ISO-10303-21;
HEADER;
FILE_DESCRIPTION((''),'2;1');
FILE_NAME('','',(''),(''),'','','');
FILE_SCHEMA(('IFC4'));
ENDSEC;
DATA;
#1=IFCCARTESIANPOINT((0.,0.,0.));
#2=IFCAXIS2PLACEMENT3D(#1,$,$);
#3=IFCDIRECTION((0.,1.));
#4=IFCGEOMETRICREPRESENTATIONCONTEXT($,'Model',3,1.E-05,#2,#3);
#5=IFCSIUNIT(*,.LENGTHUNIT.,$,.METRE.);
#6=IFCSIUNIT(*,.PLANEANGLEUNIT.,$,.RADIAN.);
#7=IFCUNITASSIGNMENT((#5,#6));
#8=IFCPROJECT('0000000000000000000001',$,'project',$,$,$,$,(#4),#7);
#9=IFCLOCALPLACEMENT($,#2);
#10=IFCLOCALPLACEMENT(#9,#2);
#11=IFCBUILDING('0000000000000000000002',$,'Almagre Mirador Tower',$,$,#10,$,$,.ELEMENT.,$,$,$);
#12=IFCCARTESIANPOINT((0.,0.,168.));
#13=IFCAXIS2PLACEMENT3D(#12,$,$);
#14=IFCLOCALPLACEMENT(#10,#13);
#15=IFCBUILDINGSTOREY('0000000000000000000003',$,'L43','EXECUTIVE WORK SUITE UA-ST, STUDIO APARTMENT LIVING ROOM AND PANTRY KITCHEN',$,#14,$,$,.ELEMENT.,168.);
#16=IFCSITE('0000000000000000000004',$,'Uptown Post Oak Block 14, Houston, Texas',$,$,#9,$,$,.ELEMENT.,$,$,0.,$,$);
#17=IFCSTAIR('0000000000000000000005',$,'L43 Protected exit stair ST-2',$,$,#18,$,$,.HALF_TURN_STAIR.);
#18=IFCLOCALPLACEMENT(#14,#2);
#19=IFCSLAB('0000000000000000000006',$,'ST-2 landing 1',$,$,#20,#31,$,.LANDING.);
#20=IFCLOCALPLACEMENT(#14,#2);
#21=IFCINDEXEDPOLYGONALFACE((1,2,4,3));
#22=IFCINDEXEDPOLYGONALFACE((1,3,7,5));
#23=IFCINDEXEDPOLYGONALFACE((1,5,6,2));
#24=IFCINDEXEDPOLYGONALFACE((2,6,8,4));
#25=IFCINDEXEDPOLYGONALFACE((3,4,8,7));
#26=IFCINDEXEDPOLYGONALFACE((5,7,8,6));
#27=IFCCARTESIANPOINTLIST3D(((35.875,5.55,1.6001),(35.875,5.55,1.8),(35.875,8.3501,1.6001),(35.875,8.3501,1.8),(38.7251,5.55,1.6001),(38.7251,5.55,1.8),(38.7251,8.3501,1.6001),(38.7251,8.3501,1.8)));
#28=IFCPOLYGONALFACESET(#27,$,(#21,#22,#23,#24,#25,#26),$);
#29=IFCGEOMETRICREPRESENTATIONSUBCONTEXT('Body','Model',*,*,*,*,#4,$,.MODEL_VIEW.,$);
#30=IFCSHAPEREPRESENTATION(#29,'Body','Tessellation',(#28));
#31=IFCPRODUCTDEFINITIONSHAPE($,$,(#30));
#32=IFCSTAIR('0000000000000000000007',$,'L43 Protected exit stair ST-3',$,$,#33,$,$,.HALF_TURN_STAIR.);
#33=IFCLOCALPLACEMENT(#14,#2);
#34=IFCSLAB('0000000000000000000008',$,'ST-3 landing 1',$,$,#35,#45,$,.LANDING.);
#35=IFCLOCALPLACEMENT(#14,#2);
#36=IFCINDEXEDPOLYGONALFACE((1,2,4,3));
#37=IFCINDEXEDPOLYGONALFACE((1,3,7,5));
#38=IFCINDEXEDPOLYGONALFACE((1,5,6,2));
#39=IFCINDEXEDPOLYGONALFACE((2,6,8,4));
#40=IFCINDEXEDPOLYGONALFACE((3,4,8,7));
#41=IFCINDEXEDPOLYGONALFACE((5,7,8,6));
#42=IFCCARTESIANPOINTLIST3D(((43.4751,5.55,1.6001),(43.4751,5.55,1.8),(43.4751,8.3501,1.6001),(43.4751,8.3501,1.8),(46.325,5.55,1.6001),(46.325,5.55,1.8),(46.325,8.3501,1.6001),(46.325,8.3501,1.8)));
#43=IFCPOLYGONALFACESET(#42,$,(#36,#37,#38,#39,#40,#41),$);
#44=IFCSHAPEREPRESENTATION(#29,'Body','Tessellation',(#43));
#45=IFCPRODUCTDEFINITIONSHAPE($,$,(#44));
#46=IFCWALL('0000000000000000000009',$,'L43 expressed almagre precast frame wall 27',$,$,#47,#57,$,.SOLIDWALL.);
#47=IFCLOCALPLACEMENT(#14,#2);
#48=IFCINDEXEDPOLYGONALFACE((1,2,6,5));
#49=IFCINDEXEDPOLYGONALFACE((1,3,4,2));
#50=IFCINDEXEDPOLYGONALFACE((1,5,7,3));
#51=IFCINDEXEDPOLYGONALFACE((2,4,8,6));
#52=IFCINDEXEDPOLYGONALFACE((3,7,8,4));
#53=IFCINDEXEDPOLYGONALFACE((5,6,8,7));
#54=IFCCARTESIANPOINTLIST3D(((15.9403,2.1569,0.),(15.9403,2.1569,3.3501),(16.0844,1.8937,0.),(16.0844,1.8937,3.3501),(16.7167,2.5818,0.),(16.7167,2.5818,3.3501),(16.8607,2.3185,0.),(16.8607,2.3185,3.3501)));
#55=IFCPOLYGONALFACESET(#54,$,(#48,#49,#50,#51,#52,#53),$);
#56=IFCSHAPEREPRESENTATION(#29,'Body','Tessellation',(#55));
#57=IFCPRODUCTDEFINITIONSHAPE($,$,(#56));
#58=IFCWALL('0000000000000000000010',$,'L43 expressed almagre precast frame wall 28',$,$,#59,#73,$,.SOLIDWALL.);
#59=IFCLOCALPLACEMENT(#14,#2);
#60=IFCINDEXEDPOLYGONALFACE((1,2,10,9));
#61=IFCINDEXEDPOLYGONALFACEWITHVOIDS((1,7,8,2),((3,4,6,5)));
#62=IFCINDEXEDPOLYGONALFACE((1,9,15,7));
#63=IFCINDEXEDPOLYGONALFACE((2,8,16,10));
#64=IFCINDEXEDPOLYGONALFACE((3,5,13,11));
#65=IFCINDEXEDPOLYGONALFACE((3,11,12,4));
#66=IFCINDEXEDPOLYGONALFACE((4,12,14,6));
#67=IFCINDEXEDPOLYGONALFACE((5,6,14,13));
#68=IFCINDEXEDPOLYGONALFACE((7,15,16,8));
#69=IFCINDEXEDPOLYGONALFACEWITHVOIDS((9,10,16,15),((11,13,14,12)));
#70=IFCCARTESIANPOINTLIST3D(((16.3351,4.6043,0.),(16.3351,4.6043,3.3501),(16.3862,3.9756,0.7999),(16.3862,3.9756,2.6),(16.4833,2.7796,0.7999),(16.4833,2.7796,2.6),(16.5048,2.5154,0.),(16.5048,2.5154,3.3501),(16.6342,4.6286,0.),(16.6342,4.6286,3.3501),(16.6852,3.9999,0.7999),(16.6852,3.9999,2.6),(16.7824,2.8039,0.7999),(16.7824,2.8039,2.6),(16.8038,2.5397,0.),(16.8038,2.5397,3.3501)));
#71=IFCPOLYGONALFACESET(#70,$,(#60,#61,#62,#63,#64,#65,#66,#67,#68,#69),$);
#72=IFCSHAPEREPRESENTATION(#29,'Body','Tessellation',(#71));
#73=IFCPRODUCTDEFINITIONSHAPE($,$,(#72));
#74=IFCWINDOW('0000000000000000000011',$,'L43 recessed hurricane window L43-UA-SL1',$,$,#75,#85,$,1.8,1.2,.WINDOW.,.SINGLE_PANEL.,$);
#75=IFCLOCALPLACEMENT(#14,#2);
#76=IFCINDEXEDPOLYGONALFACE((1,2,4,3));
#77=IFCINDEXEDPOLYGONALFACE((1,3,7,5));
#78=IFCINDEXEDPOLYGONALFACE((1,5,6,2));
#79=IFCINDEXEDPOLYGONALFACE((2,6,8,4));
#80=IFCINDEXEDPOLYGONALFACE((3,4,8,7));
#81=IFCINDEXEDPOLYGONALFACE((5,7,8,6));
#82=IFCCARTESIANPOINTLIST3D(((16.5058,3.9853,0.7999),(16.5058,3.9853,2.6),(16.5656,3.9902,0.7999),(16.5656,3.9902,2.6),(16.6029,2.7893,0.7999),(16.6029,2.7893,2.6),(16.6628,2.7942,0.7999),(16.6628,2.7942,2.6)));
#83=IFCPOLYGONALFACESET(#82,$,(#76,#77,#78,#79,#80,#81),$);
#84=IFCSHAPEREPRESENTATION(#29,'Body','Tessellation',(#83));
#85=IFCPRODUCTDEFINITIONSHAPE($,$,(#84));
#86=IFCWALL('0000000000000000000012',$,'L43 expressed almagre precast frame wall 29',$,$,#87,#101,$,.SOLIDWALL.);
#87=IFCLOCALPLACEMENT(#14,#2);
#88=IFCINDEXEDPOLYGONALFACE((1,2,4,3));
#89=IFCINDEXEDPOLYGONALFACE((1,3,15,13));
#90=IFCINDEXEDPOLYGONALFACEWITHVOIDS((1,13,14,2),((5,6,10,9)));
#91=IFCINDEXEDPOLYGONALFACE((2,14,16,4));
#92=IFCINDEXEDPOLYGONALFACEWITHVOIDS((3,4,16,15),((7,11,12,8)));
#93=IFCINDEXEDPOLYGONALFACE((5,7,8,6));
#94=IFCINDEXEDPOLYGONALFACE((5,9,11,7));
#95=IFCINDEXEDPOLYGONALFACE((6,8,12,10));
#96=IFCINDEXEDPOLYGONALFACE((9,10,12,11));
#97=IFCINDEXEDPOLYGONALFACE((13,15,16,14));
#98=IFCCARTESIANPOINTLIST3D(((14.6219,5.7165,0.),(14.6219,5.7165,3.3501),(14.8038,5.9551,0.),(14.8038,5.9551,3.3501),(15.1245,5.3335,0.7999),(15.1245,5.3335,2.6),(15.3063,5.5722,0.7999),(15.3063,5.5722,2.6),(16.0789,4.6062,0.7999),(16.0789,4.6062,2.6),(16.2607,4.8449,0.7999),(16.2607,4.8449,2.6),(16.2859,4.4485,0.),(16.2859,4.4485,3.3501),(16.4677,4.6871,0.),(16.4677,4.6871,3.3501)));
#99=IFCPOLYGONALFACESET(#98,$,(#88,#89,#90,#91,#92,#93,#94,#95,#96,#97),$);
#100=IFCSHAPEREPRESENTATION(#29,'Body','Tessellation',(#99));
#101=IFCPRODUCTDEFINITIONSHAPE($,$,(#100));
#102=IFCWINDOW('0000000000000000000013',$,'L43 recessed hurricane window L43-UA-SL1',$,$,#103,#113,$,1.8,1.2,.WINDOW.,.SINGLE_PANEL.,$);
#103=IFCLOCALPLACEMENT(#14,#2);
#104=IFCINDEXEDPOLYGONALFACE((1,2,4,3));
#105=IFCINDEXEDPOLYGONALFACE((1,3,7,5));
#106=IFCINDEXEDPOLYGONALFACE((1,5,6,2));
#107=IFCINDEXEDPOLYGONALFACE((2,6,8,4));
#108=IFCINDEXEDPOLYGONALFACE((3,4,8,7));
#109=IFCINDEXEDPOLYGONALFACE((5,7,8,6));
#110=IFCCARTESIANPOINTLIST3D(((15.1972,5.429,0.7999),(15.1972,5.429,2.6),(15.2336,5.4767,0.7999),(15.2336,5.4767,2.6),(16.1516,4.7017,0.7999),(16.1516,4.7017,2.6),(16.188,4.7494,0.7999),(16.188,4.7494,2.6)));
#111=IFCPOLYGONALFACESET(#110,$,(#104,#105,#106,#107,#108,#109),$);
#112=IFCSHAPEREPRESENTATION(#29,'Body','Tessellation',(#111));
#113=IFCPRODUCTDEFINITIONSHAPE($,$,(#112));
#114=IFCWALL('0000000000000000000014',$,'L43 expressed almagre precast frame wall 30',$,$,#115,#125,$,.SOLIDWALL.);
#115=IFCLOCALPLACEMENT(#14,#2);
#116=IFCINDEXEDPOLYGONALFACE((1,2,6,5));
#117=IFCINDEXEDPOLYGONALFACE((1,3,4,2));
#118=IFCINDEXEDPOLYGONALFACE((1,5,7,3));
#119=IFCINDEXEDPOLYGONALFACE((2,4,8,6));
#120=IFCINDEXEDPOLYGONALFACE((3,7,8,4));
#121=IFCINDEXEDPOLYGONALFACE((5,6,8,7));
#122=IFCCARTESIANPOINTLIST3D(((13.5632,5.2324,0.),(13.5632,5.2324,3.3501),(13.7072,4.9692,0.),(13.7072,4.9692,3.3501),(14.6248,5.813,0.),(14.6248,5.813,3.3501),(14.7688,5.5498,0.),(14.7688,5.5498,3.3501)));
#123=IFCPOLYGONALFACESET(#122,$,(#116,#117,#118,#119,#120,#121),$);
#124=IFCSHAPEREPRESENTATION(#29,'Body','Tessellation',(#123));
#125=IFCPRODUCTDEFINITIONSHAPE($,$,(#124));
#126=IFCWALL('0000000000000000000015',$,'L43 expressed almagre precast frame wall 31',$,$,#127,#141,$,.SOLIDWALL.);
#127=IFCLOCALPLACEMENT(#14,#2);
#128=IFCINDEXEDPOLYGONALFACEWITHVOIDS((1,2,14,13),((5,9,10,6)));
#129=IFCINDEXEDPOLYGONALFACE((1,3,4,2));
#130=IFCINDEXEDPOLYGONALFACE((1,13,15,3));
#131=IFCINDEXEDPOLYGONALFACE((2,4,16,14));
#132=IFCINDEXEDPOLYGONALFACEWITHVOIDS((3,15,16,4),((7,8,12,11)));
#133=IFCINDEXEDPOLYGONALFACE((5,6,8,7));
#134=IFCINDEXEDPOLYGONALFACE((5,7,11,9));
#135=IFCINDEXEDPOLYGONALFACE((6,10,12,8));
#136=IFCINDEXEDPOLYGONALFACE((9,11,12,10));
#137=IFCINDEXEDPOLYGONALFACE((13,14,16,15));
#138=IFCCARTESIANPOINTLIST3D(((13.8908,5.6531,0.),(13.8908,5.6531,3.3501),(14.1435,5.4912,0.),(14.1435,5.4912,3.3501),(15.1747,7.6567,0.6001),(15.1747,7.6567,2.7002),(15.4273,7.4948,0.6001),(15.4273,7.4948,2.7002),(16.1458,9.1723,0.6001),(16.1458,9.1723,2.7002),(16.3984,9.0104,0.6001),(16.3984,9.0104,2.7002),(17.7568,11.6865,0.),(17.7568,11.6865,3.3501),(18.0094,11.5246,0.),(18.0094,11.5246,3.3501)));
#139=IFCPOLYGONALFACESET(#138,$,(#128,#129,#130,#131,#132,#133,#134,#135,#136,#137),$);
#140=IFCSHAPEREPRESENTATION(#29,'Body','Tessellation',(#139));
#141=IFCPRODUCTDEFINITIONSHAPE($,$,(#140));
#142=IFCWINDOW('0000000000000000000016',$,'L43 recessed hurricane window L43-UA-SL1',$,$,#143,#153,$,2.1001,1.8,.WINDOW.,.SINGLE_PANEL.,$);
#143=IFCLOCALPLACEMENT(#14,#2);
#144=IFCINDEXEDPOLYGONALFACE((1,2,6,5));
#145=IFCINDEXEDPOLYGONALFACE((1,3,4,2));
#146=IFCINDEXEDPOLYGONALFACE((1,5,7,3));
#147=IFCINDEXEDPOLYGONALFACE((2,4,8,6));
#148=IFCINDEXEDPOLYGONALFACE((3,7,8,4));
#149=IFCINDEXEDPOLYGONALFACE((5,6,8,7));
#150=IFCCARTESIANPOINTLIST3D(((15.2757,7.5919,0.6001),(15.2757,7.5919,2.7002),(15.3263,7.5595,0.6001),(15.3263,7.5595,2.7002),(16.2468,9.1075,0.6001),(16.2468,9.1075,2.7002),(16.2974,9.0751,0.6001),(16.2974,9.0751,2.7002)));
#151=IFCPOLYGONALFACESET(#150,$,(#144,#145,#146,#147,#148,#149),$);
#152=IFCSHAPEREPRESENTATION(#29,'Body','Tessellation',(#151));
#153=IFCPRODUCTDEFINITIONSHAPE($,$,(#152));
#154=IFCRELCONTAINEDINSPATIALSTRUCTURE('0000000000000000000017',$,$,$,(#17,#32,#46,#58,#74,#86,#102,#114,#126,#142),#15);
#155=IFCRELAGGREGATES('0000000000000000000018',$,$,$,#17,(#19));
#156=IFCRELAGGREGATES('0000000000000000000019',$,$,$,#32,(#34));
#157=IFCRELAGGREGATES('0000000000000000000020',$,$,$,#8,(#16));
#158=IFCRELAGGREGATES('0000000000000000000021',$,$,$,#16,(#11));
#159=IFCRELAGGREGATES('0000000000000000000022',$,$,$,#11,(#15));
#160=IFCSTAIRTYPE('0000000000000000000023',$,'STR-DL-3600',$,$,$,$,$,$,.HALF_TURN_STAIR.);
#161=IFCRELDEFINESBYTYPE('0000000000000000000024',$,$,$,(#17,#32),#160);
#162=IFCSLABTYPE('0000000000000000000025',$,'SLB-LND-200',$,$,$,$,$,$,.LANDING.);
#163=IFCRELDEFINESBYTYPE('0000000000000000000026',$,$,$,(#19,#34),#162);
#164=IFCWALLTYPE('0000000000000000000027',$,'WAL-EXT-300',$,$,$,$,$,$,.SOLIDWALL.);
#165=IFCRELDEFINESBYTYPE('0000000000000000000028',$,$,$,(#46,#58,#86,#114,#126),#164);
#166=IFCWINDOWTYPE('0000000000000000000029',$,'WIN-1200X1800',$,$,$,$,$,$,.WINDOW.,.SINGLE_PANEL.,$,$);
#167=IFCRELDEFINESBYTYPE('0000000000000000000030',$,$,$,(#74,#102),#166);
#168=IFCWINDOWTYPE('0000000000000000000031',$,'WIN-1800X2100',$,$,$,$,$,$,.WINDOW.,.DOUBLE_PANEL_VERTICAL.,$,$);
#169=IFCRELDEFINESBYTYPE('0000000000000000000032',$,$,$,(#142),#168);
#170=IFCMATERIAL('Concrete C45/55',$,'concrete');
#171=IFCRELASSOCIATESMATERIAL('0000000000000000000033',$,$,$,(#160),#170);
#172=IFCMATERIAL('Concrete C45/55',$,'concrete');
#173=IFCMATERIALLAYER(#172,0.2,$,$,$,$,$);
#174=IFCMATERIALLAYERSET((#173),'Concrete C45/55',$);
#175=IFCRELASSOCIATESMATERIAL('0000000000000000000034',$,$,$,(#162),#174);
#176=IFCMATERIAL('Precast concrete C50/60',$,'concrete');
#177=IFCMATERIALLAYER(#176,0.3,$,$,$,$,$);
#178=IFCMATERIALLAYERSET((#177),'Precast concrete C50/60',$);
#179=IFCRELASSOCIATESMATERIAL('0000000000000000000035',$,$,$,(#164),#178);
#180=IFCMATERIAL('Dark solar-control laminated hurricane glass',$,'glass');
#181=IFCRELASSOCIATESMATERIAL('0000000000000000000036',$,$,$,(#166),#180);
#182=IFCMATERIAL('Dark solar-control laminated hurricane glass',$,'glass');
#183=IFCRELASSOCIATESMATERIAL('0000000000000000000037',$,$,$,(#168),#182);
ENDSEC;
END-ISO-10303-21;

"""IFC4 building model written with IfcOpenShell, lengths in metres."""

from ifc_helpers import new_model, si_unit, direction, frame, frame_2d, origin, place, context, subcontext, project, spatial, polyline, rectangle, outline, extrude, material, layer, layer_set, type_object, element, fill, aggregate, save


model = new_model("IFC4")

# Units and contexts
model_context = context("Model", 3, precision=1e-05, world=origin(), true_north=direction((0.0, 1.0)))
body_context = subcontext(model_context, "Body", "Model", "MODEL_VIEW")
ifc_project = project(units=[si_unit("LENGTHUNIT", "METRE"), si_unit("PLANEANGLEUNIT", "RADIAN")], contexts=[model_context])

# Site, building, storey
site_placement = place(None, origin())
site = spatial("IfcSite", under=ifc_project, at=site_placement, Name="Uptown Post Oak Block 14, Houston, Texas", CompositionType="ELEMENT", RefElevation=0.0)
building_placement = place(site_placement, origin())
building = spatial("IfcBuilding", under=site, at=building_placement, Name="Almagre Mirador Tower", CompositionType="ELEMENT")
storey_placement = place(building_placement, frame((0.0, 0.0, 168.0)))
storey = spatial("IfcBuildingStorey", under=building, at=storey_placement, Name="L43", Description="EXECUTIVE WORK SUITE UA-ST, STUDIO APARTMENT LIVING ROOM AND PANTRY KITCHEN", CompositionType="ELEMENT", Elevation=168.0)

# Stairs, slabs
ifc_material_1 = material(Name="Concrete C45/55", Category="concrete")
stair_type = type_object("IfcStairType", Name="STR-DL-3600", PredefinedType="HALF_TURN_STAIR", material=ifc_material_1)
ifc_material_2 = material(Name="Concrete C45/55", Category="concrete")
ifc_layer_1 = layer(ifc_material_2, 0.2)
ifc_layer_set_1 = layer_set([ifc_layer_1], Name="Concrete C45/55")
slab_type_1 = type_object("IfcSlabType", Name="SLB-LND-200", PredefinedType="LANDING", material=ifc_layer_set_1)
stair_1_placement = place(storey_placement, origin())
stair_1 = element("IfcStair", 1, at=stair_1_placement, inside=storey, type_object=stair_type, Name="L43 Protected exit stair ST-2", PredefinedType="HALF_TURN_STAIR")
slab_1_placement = place(storey_placement, frame((0.0, 0.0, 1.6001)))
slab_1 = element("IfcSlab", 2, at=slab_1_placement, type_object=slab_type_1, Name="ST-2 landing 1", PredefinedType="LANDING", context=body_context, shape_type="SweptSolid", body=[
    extrude(outline(polyline([(35.875, 8.3501), (35.875, 5.55), (38.7251, 5.55), (38.7251, 8.3501), (35.875, 8.3501)])), origin(), (0.0, 0.0, 1.0), 0.2),
])
aggregate(stair_1, [slab_1])
stair_2_placement = place(storey_placement, origin())
stair_2 = element("IfcStair", 3, at=stair_2_placement, inside=storey, type_object=stair_type, Name="L43 Protected exit stair ST-3", PredefinedType="HALF_TURN_STAIR")
slab_2_placement = place(storey_placement, frame((0.0, 0.0, 1.6001)))
slab_2 = element("IfcSlab", 4, at=slab_2_placement, type_object=slab_type_1, Name="ST-3 landing 1", PredefinedType="LANDING", context=body_context, shape_type="SweptSolid", body=[
    extrude(outline(polyline([(43.4751, 8.3501), (43.4751, 5.55), (46.325, 5.55), (46.325, 8.3501), (43.4751, 8.3501)])), origin(), (0.0, 0.0, 1.0), 0.2),
])
aggregate(stair_2, [slab_2])

# Wall
ifc_material_3 = material(Name="Precast concrete C50/60", Category="concrete")
ifc_layer_2 = layer(ifc_material_3, 0.3)
ifc_layer_set_2 = layer_set([ifc_layer_2], Name="Precast concrete C50/60")
wall_type_1 = type_object("IfcWallType", Name="WAL-EXT-300", PredefinedType="SOLIDWALL", material=ifc_layer_set_2)
wall_1_placement = place(storey_placement, frame((16.0125, 2.0254, 0.0), z_axis=(0.0, 0.0, 1.0), x_axis=(0.877262, 0.480011, 0.0)))
element("IfcWall", 5, at=wall_1_placement, inside=storey, type_object=wall_type_1, Name="L43 expressed almagre precast frame wall 27", PredefinedType="SOLIDWALL", context=body_context, shape_type="SweptSolid", body=[
    extrude(rectangle(XDim=0.885, YDim=0.3, at=frame_2d((0.4424, 0.0))), origin(), (0.0, 0.0, 1.0), 3.3501),
])

# Walls, openings, windows
wall_2_placement = place(storey_placement, frame((16.6543, 2.5276, 0.0), z_axis=(0.0, 0.0, 1.0), x_axis=(-0.080963, 0.996717, 0.0)))
wall_2 = element("IfcWall", 6, at=wall_2_placement, inside=storey, type_object=wall_type_1, Name="L43 expressed almagre precast frame wall 28", PredefinedType="SOLIDWALL", context=body_context, shape_type="SweptSolid", body=[
    extrude(rectangle(XDim=2.0957, YDim=0.3, at=frame_2d((1.0479, 0.0))), origin(), (0.0, 0.0, 1.0), 3.3501),
])
opening_1_placement = place(wall_2_placement, frame((0.2649, 0.0, 0.8)))
opening_1 = element("IfcOpeningElement", 7, at=opening_1_placement, cuts=wall_2, PredefinedType="OPENING", context=body_context, shape_type="SweptSolid", body=[
    extrude(rectangle(XDim=1.2, YDim=1.8, at=frame_2d((0.6001, 0.8999))), frame((0.0, 0.1599, 0.0), z_axis=(0.0, -1.0, 0.0), x_axis=(1.0, 0.0, 0.0)), (0.0, 0.0, 1.0), 0.32),
])
ifc_material_4 = material(Name="Dark solar-control laminated hurricane glass", Category="glass")
window_type_1 = type_object("IfcWindowType", Name="WIN-1200X1800", PartitioningType="SINGLE_PANEL", PredefinedType="WINDOW", material=ifc_material_4)
window_1_placement = place(opening_1_placement, origin())
window_1 = element("IfcWindow", 8, at=window_1_placement, inside=storey, type_object=window_type_1, Name="L43 recessed hurricane window L43-UA-SL1", OverallHeight=1.8, OverallWidth=1.2, PartitioningType="SINGLE_PANEL", PredefinedType="WINDOW", context=body_context, shape_type="SweptSolid", body=[
    extrude(rectangle(XDim=1.2, YDim=1.8, at=frame_2d((0.6001, 0.8999))), frame((0.0, 0.03, 0.0), z_axis=(0.0, -1.0, 0.0), x_axis=(1.0, 0.0, 0.0)), (0.0, 0.0, 1.0), 0.0601),
])
fill(opening_1, window_1)
wall_3_placement = place(storey_placement, frame((16.3767, 4.5679, 0.0), z_axis=(0.0, 0.0, 1.0), x_axis=(-0.795383, 0.606106, 0.0)))
wall_3 = element("IfcWall", 9, at=wall_3_placement, inside=storey, type_object=wall_type_1, Name="L43 expressed almagre precast frame wall 29", PredefinedType="SOLIDWALL", context=body_context, shape_type="SweptSolid", body=[
    extrude(rectangle(XDim=2.092, YDim=0.3, at=frame_2d((1.0459, 0.0))), origin(), (0.0, 0.0, 1.0), 3.3501),
])
opening_2_placement = place(wall_3_placement, frame((0.26, 0.0, 0.8)))
opening_2 = element("IfcOpeningElement", 10, at=opening_2_placement, cuts=wall_3, PredefinedType="OPENING", context=body_context, shape_type="SweptSolid", body=[
    extrude(rectangle(XDim=1.2, YDim=1.8, at=frame_2d((0.6001, 0.8999))), frame((0.0, 0.1599, 0.0), z_axis=(0.0, -1.0, 0.0), x_axis=(1.0, 0.0, 0.0)), (0.0, 0.0, 1.0), 0.32),
])
window_2_placement = place(opening_2_placement, origin())
window_2 = element("IfcWindow", 11, at=window_2_placement, inside=storey, type_object=window_type_1, Name="L43 recessed hurricane window L43-UA-SL1", OverallHeight=1.8, OverallWidth=1.2, PartitioningType="SINGLE_PANEL", PredefinedType="WINDOW", context=body_context, shape_type="SweptSolid", body=[
    extrude(rectangle(XDim=1.2, YDim=1.8, at=frame_2d((0.6001, 0.8999))), frame((0.0, 0.03, 0.0), z_axis=(0.0, -1.0, 0.0), x_axis=(1.0, 0.0, 0.0)), (0.0, 0.0, 1.0), 0.0601),
])
fill(opening_2, window_2)

# Wall
wall_4_placement = place(storey_placement, frame((14.6968, 5.6814, 0.0), z_axis=(0.0, 0.0, 1.0), x_axis=(-0.877355, -0.479841, 0.0)))
element("IfcWall", 12, at=wall_4_placement, inside=storey, type_object=wall_type_1, Name="L43 expressed almagre precast frame wall 30", PredefinedType="SOLIDWALL", context=body_context, shape_type="SweptSolid", body=[
    extrude(rectangle(XDim=1.21, YDim=0.3, at=frame_2d((0.605, 0.0))), origin(), (0.0, 0.0, 1.0), 3.3501),
])

# Wall, opening, window
wall_5_placement = place(storey_placement, frame((14.0171, 5.572, 0.0), z_axis=(0.0, 0.0, 1.0), x_axis=(0.539505, 0.841982, 0.0)))
wall_5 = element("IfcWall", 13, at=wall_5_placement, inside=storey, type_object=wall_type_1, Name="L43 expressed almagre precast frame wall 31", PredefinedType="SOLIDWALL", context=body_context, shape_type="SweptSolid", body=[
    extrude(rectangle(XDim=7.1658, YDim=0.3, at=frame_2d((3.583, 0.0))), origin(), (0.0, 0.0, 1.0), 3.3501),
])
opening_3_placement = place(wall_5_placement, frame((2.3799, 0.0, 0.6001)))
opening_3 = element("IfcOpeningElement", 14, at=opening_3_placement, cuts=wall_5, PredefinedType="OPENING", context=body_context, shape_type="SweptSolid", body=[
    extrude(rectangle(XDim=1.8, YDim=2.1001, at=frame_2d((0.8999, 1.05))), frame((0.0, 0.1599, 0.0), z_axis=(0.0, -1.0, 0.0), x_axis=(1.0, 0.0, 0.0)), (0.0, 0.0, 1.0), 0.32),
])
ifc_material_5 = material(Name="Dark solar-control laminated hurricane glass", Category="glass")
window_type_2 = type_object("IfcWindowType", Name="WIN-1800X2100", PartitioningType="DOUBLE_PANEL_VERTICAL", PredefinedType="WINDOW", material=ifc_material_5)
window_3_placement = place(opening_3_placement, origin())
window_3 = element("IfcWindow", 15, at=window_3_placement, inside=storey, type_object=window_type_2, Name="L43 recessed hurricane window L43-UA-SL1", OverallHeight=2.1001, OverallWidth=1.8, PartitioningType="SINGLE_PANEL", PredefinedType="WINDOW", context=body_context, shape_type="SweptSolid", body=[
    extrude(rectangle(XDim=1.8, YDim=2.1001, at=frame_2d((0.8999, 1.05))), frame((0.0, 0.03, 0.0), z_axis=(0.0, -1.0, 0.0), x_axis=(1.0, 0.0, 0.0)), (0.0, 0.0, 1.0), 0.0601),
])
fill(opening_3, window_3)

save(model, "model.ifc")
